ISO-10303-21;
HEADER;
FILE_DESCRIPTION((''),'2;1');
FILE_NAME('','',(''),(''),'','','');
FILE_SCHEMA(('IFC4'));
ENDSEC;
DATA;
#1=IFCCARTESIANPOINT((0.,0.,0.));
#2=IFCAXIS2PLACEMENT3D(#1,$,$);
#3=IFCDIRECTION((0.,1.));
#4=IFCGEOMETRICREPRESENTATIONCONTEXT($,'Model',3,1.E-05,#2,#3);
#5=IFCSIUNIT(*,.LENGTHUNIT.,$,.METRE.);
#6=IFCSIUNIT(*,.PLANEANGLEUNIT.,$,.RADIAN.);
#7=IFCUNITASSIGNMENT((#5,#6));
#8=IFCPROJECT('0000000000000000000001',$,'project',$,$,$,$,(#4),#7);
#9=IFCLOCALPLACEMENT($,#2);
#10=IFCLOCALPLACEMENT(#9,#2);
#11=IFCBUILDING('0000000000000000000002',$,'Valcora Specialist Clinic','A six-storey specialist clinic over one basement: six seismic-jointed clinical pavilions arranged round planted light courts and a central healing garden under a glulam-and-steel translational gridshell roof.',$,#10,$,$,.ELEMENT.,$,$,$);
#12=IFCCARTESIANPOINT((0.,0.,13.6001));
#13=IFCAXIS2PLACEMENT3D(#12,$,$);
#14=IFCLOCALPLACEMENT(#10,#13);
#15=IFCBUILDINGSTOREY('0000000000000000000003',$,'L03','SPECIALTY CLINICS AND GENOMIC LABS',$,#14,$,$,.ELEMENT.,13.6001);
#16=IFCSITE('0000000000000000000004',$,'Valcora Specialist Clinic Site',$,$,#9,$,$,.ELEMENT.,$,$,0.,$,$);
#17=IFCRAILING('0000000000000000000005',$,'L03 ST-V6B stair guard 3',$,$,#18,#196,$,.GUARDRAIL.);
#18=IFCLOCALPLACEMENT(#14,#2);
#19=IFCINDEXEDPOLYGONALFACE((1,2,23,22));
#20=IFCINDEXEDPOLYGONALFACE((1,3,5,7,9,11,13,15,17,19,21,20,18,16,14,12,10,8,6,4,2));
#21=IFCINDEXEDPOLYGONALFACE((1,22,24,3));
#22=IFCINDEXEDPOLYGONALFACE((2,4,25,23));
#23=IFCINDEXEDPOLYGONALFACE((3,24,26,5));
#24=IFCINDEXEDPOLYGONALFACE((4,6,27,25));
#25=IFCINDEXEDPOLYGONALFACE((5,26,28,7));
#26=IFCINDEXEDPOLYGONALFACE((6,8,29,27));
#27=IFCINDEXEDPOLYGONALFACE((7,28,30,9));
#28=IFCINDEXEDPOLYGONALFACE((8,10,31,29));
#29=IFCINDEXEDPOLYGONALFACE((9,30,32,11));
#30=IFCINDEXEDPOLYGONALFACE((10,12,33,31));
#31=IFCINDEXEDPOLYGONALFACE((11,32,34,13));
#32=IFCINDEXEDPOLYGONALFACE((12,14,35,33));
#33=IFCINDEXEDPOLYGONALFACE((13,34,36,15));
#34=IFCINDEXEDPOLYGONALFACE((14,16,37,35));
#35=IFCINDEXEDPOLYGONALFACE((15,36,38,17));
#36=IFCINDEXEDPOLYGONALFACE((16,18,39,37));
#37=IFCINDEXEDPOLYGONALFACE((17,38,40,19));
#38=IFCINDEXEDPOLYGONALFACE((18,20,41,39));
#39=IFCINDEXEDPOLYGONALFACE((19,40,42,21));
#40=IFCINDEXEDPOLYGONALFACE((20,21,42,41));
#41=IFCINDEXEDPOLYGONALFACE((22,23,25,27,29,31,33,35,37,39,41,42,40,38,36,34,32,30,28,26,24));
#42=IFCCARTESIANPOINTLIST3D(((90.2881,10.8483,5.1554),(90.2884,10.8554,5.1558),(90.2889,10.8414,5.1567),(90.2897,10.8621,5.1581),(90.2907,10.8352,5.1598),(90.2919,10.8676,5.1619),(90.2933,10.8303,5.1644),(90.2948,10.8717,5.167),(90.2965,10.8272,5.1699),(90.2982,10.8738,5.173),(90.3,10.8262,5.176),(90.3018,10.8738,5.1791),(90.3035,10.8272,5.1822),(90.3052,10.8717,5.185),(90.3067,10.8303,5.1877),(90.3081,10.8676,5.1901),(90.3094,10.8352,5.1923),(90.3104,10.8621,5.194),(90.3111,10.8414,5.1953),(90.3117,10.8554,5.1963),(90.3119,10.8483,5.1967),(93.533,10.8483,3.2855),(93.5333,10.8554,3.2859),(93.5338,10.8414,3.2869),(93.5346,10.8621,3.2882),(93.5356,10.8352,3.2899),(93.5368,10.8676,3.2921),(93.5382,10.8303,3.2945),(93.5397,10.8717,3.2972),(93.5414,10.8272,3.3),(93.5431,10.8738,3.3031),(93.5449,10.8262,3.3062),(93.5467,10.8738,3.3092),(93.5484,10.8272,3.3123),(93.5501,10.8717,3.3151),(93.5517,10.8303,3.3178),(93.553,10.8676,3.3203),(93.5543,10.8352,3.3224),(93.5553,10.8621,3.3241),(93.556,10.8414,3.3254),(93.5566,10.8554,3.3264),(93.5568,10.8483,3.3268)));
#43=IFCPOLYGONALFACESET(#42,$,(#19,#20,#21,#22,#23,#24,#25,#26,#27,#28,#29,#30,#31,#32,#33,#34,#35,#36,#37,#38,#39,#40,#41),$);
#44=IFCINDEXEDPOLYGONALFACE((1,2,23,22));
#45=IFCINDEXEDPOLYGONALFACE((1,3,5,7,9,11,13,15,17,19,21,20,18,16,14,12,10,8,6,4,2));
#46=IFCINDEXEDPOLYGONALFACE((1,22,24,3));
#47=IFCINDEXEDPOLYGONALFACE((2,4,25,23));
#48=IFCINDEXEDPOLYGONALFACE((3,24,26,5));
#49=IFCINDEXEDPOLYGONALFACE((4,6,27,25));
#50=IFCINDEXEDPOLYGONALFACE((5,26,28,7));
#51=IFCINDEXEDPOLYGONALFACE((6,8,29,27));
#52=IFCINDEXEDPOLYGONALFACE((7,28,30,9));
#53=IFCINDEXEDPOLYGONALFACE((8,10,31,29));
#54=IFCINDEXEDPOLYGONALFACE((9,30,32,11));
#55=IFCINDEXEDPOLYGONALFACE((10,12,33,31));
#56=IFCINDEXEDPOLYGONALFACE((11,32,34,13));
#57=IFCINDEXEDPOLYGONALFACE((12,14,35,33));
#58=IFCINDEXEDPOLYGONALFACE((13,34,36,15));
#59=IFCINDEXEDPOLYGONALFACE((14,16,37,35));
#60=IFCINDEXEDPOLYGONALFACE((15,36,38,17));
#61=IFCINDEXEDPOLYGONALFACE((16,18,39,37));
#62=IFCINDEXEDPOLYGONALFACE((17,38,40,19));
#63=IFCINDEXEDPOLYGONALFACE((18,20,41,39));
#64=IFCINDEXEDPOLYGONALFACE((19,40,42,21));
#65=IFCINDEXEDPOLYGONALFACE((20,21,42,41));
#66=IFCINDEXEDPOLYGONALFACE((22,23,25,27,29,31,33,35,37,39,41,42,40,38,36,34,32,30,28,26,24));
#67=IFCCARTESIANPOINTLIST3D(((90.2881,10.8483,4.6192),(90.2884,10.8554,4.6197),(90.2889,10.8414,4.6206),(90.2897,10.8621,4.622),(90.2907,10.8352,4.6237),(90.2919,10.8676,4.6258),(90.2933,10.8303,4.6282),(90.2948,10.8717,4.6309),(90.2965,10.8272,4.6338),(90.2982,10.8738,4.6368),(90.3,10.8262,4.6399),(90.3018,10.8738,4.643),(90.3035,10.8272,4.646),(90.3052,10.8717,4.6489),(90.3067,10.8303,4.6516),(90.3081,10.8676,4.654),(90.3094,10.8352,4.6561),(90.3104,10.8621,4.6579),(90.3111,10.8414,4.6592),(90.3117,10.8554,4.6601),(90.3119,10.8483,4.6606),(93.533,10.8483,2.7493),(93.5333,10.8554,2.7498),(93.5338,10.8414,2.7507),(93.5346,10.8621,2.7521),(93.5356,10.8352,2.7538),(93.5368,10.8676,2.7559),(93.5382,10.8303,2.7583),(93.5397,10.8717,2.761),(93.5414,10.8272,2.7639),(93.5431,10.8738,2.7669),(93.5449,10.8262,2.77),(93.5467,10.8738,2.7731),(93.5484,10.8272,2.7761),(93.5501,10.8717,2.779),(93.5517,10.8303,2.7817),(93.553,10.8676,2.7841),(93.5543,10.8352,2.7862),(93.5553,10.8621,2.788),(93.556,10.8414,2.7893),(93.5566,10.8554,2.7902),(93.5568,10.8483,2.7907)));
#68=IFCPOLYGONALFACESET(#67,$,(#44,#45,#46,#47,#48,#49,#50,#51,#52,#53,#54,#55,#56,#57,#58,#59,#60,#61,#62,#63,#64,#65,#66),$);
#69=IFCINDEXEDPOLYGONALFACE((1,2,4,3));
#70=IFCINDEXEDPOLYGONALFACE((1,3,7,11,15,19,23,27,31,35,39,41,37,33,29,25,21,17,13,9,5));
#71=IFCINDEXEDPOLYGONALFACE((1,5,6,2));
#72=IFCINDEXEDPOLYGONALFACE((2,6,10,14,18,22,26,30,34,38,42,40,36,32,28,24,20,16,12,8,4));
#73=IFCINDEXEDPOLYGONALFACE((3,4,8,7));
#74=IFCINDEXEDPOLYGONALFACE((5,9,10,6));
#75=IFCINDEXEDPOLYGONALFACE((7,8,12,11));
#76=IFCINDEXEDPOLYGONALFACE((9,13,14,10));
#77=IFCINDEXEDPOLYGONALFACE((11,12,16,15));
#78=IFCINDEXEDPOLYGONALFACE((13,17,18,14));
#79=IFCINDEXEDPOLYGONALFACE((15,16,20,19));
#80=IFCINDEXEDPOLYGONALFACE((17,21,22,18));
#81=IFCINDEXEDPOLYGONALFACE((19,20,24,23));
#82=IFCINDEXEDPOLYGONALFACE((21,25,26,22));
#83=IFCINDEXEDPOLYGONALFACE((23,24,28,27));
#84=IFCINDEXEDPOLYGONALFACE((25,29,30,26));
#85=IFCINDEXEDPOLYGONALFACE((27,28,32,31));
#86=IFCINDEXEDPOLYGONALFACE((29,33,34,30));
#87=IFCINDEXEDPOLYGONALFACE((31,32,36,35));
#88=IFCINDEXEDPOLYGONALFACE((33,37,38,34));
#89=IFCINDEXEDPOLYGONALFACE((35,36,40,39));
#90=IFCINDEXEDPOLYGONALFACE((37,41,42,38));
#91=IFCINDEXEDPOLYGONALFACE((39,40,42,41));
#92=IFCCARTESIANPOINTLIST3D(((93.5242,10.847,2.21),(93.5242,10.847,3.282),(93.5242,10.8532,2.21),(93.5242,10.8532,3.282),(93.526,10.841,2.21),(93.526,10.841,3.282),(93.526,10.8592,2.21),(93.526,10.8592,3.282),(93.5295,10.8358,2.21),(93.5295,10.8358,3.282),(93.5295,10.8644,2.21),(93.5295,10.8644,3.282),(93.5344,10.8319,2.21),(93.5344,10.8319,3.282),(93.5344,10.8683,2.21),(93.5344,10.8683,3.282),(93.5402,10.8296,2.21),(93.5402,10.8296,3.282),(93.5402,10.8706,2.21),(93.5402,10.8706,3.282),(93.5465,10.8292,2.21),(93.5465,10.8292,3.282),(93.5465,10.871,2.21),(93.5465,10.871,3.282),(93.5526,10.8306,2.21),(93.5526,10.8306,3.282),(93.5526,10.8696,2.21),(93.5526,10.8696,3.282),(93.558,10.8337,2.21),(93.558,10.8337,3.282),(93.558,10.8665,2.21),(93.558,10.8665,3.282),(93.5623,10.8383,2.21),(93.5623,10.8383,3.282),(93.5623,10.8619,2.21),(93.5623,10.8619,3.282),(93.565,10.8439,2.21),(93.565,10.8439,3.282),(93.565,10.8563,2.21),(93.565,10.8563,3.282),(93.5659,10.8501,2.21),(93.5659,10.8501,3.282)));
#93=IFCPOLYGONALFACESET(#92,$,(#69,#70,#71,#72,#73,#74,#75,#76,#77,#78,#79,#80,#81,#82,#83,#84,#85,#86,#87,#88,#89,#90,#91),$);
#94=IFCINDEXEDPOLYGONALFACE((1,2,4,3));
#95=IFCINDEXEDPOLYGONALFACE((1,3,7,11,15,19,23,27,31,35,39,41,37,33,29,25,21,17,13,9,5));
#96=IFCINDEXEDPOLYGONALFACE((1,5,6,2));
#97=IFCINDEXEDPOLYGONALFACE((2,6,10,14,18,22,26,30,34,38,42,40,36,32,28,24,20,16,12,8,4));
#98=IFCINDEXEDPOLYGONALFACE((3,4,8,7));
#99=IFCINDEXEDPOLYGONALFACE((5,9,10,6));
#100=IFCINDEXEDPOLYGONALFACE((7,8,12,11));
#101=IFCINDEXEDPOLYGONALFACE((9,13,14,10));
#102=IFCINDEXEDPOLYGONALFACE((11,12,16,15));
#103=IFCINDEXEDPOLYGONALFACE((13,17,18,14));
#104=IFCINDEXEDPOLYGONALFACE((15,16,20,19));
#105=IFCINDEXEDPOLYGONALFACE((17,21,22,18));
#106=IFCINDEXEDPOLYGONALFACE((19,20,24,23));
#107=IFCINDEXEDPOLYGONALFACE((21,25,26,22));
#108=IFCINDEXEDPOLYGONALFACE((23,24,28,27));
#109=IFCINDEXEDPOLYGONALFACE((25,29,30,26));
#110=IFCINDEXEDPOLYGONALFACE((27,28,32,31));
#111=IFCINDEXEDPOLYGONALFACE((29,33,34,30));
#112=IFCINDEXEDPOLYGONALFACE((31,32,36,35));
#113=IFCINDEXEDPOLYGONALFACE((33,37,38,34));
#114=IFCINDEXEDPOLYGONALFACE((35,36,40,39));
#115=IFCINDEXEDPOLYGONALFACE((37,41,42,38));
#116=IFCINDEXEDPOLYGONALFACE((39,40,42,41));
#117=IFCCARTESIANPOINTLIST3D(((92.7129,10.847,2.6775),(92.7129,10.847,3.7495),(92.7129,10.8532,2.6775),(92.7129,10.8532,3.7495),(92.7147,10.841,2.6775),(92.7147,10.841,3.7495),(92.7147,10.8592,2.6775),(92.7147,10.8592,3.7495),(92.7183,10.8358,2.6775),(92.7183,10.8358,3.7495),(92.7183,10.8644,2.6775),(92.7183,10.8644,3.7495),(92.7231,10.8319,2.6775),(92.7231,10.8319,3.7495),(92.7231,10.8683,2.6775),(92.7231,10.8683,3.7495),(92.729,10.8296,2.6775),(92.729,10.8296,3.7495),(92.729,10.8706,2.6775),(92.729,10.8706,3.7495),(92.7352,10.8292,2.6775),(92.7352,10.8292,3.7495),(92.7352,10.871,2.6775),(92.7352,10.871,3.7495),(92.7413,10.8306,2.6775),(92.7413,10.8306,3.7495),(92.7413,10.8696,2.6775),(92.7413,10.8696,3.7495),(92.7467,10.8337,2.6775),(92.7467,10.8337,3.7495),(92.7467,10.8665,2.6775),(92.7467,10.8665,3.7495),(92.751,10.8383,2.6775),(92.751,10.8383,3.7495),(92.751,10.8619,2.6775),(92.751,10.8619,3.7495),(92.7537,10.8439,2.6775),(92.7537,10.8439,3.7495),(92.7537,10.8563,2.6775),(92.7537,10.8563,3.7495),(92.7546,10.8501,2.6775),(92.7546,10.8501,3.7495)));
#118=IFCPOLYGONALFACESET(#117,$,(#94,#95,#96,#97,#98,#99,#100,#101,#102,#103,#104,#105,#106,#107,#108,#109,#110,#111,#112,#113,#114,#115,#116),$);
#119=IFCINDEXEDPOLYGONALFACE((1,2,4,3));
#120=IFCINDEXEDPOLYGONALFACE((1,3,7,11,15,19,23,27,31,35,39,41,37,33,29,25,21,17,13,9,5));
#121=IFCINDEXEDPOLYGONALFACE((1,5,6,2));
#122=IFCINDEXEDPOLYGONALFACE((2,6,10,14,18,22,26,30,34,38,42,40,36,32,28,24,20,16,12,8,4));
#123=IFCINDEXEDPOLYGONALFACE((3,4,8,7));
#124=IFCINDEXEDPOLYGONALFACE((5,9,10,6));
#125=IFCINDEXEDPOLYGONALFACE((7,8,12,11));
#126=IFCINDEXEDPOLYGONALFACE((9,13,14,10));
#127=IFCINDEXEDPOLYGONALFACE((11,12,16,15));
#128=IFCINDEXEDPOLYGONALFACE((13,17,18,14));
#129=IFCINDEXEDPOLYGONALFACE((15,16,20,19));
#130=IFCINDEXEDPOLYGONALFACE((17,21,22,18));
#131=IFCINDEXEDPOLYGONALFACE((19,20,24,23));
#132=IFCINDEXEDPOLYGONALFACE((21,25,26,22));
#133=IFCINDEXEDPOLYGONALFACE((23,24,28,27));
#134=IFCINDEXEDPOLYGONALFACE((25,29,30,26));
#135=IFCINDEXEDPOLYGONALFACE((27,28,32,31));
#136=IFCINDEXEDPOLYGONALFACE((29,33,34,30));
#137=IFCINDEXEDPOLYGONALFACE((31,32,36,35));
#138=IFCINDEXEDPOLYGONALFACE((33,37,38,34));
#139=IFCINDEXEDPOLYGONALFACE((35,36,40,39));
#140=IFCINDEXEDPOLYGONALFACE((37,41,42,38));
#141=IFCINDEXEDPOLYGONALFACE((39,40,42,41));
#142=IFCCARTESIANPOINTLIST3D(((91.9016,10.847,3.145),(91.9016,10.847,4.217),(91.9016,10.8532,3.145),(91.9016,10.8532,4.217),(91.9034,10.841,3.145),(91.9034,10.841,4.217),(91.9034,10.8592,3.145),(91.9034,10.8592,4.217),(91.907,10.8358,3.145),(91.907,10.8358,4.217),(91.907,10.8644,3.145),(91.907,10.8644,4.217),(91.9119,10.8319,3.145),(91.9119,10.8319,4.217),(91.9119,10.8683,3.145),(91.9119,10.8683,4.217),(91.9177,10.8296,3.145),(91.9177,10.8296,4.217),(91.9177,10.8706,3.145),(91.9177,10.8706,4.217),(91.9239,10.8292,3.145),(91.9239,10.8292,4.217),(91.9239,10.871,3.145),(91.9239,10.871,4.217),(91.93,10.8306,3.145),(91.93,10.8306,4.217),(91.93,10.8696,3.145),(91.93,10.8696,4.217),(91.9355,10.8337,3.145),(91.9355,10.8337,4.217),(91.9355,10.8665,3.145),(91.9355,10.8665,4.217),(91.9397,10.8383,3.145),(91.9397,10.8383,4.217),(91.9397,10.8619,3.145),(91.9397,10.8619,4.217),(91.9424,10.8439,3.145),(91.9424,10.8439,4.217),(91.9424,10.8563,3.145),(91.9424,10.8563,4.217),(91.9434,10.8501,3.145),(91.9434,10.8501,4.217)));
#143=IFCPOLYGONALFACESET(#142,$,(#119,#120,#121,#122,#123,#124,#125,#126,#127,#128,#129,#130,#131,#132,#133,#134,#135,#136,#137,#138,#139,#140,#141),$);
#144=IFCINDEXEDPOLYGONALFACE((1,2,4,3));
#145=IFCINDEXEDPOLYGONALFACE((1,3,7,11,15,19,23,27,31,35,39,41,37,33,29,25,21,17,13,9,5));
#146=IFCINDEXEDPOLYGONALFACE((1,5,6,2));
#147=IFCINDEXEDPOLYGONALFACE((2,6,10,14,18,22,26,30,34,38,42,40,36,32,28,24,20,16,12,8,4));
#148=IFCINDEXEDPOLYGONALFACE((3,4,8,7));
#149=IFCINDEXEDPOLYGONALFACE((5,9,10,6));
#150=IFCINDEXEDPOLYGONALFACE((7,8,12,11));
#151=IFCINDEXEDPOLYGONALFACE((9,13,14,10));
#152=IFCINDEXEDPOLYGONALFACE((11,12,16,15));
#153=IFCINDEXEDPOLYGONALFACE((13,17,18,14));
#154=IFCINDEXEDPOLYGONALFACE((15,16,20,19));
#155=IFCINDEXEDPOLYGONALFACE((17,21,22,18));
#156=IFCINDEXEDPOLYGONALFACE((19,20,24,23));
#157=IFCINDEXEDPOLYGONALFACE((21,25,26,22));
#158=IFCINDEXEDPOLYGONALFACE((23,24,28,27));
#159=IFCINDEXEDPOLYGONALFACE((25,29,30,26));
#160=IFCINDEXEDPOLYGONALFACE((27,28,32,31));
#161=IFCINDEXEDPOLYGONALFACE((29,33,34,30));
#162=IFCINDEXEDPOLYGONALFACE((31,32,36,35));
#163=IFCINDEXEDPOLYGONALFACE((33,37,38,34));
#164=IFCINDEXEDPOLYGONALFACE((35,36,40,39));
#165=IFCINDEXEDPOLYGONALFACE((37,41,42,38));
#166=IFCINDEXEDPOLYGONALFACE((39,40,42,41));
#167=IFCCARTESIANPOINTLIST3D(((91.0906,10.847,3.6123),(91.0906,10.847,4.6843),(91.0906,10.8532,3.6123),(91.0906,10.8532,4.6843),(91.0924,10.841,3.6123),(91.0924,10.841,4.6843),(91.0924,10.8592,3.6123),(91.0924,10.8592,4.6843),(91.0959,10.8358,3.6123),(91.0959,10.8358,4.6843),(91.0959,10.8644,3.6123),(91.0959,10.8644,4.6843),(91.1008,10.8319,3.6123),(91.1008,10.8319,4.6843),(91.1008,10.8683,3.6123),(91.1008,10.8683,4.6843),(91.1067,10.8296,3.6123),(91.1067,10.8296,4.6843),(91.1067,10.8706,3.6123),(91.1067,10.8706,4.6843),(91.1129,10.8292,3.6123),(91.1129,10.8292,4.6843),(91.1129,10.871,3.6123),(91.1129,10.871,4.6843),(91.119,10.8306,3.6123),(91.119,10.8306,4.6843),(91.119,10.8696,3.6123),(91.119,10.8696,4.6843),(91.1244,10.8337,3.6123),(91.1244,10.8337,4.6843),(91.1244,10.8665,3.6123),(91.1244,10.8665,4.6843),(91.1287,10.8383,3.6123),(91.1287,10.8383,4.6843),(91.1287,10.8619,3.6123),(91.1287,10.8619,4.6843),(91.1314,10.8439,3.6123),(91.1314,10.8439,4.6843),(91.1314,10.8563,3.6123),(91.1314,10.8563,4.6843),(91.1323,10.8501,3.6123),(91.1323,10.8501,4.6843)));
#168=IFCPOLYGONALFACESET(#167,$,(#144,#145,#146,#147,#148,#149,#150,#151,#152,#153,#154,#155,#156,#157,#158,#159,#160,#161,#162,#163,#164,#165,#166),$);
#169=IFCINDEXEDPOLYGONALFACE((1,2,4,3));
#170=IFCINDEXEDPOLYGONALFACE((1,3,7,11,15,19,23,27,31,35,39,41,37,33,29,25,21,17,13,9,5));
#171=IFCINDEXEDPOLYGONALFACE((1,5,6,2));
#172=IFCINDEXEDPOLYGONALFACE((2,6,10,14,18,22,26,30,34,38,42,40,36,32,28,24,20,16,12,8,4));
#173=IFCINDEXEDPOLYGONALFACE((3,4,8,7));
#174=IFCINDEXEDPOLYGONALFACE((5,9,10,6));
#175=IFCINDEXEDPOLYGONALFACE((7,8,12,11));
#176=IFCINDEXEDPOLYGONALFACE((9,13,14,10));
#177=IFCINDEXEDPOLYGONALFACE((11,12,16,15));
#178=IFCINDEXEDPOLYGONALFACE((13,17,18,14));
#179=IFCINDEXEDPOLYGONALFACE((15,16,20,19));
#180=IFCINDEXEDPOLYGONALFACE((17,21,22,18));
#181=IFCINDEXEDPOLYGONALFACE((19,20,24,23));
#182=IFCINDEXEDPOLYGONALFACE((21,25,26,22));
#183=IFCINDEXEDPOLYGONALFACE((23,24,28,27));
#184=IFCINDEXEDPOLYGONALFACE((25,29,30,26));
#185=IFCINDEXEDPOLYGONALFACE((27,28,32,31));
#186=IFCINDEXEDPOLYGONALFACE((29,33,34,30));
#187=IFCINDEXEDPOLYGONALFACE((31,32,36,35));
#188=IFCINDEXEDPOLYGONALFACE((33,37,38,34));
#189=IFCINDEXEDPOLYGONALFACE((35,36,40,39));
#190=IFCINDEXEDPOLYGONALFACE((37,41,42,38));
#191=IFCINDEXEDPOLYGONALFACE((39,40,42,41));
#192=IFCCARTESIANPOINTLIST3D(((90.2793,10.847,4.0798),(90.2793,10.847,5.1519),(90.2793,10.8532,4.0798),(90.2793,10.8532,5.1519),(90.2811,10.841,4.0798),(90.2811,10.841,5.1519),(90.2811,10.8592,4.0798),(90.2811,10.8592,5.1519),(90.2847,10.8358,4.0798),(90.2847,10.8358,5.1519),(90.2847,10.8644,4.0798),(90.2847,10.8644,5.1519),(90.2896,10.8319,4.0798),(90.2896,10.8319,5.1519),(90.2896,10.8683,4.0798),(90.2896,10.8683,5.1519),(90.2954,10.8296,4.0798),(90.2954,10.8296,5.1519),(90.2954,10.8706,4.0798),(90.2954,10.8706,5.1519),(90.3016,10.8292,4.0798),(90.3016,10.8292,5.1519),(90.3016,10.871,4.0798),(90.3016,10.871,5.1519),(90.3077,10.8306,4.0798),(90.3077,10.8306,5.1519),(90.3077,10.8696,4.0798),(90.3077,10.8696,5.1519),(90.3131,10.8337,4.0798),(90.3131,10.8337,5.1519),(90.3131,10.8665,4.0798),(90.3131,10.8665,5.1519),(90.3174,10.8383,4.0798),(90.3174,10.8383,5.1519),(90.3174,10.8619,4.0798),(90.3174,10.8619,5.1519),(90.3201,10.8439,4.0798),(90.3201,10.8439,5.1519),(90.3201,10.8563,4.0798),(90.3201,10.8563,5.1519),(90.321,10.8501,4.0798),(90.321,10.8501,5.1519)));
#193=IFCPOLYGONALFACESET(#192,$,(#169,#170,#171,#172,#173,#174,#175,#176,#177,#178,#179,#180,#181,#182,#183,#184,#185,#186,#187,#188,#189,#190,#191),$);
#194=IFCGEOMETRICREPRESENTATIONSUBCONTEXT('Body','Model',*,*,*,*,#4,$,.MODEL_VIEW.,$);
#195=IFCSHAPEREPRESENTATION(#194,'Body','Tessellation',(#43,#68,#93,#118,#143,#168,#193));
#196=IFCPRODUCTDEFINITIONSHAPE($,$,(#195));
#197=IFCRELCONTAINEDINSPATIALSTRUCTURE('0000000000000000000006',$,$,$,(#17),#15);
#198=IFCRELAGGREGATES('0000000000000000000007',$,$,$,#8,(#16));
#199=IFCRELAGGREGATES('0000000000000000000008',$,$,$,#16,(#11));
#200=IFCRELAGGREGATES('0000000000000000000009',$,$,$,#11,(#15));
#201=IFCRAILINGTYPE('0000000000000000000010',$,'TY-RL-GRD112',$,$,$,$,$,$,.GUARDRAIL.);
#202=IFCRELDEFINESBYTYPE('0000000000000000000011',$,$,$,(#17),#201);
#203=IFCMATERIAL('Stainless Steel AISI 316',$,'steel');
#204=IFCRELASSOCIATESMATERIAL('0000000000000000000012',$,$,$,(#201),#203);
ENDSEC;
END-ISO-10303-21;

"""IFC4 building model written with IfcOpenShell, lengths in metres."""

from ifc_helpers import new_model, si_unit, direction, frame, origin, origin_2d, place, context, subcontext, project, spatial, circle, extrude, material, type_object, element, save


model = new_model("IFC4")

# Units and contexts
model_context = context("Model", 3, precision=1e-05, world=origin(), true_north=direction((0.0, 1.0)))
body_context = subcontext(model_context, "Body", "Model", "MODEL_VIEW")
ifc_project = project(units=[si_unit("LENGTHUNIT", "METRE"), si_unit("PLANEANGLEUNIT", "RADIAN")], contexts=[model_context])

# Site, building, storey
site_placement = place(None, origin())
site = spatial("IfcSite", under=ifc_project, at=site_placement, Name="Valcora Specialist Clinic Site", CompositionType="ELEMENT", RefElevation=0.0)
building_placement = place(site_placement, origin())
building = spatial("IfcBuilding", under=site, at=building_placement, Name="Valcora Specialist Clinic", Description="A six-storey specialist clinic over one basement: six seismic-jointed clinical pavilions arranged round planted light courts and a central healing garden under a glulam-and-steel translational gridshell roof.", CompositionType="ELEMENT")
storey_placement = place(building_placement, frame((0.0, 0.0, 13.6001)))
storey = spatial("IfcBuildingStorey", under=building, at=storey_placement, Name="L03", Description="SPECIALTY CLINICS AND GENOMIC LABS", CompositionType="ELEMENT", Elevation=13.6001)

# Shared definitions
ifc_material_1 = material(Name="Stainless Steel AISI 316", Category="steel")

# Railing
railing_type_1 = type_object("IfcRailingType", Name="TY-RL-GRD112", PredefinedType="GUARDRAIL", material=ifc_material_1)
railing_1_placement = place(storey_placement, frame((93.5449, 10.8501, 2.21)))
element("IfcRailing", 1, at=railing_1_placement, inside=storey, type_object=railing_type_1, Name="L03 ST-V6B stair guard 3", PredefinedType="GUARDRAIL", context=body_context, shape_type="SweptSolid", body=[
    extrude(circle(Radius=0.0239, at=origin_2d()), frame((0.0, 0.0, 1.0962), z_axis=(-0.866436, 0.0, 0.499288), x_axis=(0.0, -1.0, 0.0)), (0.0, 0.0, 1.0), 3.7451),
    extrude(circle(Radius=0.0239, at=origin_2d()), frame((0.0, 0.0, 0.5601), z_axis=(-0.866436, 0.0, 0.499288), x_axis=(0.0, -1.0, 0.0)), (0.0, 0.0, 1.0), 3.7451),
    extrude(circle(Radius=0.021, at=origin_2d()), origin(), (0.0, 0.0, 1.0), 1.072),
    extrude(circle(Radius=0.021, at=origin_2d()), frame((-0.8113, 0.0, 0.4675)), (0.0, 0.0, 1.0), 1.072),
    extrude(circle(Radius=0.021, at=origin_2d()), frame((-1.6226, 0.0, 0.9351)), (0.0, 0.0, 1.0), 1.072),
    extrude(circle(Radius=0.021, at=origin_2d()), frame((-2.4336, 0.0, 1.4023)), (0.0, 0.0, 1.0), 1.072),
    extrude(circle(Radius=0.021, at=origin_2d()), frame((-3.2449, 0.0, 1.8699)), (0.0, 0.0, 1.0), 1.072),
])

save(model, "model.ifc")
